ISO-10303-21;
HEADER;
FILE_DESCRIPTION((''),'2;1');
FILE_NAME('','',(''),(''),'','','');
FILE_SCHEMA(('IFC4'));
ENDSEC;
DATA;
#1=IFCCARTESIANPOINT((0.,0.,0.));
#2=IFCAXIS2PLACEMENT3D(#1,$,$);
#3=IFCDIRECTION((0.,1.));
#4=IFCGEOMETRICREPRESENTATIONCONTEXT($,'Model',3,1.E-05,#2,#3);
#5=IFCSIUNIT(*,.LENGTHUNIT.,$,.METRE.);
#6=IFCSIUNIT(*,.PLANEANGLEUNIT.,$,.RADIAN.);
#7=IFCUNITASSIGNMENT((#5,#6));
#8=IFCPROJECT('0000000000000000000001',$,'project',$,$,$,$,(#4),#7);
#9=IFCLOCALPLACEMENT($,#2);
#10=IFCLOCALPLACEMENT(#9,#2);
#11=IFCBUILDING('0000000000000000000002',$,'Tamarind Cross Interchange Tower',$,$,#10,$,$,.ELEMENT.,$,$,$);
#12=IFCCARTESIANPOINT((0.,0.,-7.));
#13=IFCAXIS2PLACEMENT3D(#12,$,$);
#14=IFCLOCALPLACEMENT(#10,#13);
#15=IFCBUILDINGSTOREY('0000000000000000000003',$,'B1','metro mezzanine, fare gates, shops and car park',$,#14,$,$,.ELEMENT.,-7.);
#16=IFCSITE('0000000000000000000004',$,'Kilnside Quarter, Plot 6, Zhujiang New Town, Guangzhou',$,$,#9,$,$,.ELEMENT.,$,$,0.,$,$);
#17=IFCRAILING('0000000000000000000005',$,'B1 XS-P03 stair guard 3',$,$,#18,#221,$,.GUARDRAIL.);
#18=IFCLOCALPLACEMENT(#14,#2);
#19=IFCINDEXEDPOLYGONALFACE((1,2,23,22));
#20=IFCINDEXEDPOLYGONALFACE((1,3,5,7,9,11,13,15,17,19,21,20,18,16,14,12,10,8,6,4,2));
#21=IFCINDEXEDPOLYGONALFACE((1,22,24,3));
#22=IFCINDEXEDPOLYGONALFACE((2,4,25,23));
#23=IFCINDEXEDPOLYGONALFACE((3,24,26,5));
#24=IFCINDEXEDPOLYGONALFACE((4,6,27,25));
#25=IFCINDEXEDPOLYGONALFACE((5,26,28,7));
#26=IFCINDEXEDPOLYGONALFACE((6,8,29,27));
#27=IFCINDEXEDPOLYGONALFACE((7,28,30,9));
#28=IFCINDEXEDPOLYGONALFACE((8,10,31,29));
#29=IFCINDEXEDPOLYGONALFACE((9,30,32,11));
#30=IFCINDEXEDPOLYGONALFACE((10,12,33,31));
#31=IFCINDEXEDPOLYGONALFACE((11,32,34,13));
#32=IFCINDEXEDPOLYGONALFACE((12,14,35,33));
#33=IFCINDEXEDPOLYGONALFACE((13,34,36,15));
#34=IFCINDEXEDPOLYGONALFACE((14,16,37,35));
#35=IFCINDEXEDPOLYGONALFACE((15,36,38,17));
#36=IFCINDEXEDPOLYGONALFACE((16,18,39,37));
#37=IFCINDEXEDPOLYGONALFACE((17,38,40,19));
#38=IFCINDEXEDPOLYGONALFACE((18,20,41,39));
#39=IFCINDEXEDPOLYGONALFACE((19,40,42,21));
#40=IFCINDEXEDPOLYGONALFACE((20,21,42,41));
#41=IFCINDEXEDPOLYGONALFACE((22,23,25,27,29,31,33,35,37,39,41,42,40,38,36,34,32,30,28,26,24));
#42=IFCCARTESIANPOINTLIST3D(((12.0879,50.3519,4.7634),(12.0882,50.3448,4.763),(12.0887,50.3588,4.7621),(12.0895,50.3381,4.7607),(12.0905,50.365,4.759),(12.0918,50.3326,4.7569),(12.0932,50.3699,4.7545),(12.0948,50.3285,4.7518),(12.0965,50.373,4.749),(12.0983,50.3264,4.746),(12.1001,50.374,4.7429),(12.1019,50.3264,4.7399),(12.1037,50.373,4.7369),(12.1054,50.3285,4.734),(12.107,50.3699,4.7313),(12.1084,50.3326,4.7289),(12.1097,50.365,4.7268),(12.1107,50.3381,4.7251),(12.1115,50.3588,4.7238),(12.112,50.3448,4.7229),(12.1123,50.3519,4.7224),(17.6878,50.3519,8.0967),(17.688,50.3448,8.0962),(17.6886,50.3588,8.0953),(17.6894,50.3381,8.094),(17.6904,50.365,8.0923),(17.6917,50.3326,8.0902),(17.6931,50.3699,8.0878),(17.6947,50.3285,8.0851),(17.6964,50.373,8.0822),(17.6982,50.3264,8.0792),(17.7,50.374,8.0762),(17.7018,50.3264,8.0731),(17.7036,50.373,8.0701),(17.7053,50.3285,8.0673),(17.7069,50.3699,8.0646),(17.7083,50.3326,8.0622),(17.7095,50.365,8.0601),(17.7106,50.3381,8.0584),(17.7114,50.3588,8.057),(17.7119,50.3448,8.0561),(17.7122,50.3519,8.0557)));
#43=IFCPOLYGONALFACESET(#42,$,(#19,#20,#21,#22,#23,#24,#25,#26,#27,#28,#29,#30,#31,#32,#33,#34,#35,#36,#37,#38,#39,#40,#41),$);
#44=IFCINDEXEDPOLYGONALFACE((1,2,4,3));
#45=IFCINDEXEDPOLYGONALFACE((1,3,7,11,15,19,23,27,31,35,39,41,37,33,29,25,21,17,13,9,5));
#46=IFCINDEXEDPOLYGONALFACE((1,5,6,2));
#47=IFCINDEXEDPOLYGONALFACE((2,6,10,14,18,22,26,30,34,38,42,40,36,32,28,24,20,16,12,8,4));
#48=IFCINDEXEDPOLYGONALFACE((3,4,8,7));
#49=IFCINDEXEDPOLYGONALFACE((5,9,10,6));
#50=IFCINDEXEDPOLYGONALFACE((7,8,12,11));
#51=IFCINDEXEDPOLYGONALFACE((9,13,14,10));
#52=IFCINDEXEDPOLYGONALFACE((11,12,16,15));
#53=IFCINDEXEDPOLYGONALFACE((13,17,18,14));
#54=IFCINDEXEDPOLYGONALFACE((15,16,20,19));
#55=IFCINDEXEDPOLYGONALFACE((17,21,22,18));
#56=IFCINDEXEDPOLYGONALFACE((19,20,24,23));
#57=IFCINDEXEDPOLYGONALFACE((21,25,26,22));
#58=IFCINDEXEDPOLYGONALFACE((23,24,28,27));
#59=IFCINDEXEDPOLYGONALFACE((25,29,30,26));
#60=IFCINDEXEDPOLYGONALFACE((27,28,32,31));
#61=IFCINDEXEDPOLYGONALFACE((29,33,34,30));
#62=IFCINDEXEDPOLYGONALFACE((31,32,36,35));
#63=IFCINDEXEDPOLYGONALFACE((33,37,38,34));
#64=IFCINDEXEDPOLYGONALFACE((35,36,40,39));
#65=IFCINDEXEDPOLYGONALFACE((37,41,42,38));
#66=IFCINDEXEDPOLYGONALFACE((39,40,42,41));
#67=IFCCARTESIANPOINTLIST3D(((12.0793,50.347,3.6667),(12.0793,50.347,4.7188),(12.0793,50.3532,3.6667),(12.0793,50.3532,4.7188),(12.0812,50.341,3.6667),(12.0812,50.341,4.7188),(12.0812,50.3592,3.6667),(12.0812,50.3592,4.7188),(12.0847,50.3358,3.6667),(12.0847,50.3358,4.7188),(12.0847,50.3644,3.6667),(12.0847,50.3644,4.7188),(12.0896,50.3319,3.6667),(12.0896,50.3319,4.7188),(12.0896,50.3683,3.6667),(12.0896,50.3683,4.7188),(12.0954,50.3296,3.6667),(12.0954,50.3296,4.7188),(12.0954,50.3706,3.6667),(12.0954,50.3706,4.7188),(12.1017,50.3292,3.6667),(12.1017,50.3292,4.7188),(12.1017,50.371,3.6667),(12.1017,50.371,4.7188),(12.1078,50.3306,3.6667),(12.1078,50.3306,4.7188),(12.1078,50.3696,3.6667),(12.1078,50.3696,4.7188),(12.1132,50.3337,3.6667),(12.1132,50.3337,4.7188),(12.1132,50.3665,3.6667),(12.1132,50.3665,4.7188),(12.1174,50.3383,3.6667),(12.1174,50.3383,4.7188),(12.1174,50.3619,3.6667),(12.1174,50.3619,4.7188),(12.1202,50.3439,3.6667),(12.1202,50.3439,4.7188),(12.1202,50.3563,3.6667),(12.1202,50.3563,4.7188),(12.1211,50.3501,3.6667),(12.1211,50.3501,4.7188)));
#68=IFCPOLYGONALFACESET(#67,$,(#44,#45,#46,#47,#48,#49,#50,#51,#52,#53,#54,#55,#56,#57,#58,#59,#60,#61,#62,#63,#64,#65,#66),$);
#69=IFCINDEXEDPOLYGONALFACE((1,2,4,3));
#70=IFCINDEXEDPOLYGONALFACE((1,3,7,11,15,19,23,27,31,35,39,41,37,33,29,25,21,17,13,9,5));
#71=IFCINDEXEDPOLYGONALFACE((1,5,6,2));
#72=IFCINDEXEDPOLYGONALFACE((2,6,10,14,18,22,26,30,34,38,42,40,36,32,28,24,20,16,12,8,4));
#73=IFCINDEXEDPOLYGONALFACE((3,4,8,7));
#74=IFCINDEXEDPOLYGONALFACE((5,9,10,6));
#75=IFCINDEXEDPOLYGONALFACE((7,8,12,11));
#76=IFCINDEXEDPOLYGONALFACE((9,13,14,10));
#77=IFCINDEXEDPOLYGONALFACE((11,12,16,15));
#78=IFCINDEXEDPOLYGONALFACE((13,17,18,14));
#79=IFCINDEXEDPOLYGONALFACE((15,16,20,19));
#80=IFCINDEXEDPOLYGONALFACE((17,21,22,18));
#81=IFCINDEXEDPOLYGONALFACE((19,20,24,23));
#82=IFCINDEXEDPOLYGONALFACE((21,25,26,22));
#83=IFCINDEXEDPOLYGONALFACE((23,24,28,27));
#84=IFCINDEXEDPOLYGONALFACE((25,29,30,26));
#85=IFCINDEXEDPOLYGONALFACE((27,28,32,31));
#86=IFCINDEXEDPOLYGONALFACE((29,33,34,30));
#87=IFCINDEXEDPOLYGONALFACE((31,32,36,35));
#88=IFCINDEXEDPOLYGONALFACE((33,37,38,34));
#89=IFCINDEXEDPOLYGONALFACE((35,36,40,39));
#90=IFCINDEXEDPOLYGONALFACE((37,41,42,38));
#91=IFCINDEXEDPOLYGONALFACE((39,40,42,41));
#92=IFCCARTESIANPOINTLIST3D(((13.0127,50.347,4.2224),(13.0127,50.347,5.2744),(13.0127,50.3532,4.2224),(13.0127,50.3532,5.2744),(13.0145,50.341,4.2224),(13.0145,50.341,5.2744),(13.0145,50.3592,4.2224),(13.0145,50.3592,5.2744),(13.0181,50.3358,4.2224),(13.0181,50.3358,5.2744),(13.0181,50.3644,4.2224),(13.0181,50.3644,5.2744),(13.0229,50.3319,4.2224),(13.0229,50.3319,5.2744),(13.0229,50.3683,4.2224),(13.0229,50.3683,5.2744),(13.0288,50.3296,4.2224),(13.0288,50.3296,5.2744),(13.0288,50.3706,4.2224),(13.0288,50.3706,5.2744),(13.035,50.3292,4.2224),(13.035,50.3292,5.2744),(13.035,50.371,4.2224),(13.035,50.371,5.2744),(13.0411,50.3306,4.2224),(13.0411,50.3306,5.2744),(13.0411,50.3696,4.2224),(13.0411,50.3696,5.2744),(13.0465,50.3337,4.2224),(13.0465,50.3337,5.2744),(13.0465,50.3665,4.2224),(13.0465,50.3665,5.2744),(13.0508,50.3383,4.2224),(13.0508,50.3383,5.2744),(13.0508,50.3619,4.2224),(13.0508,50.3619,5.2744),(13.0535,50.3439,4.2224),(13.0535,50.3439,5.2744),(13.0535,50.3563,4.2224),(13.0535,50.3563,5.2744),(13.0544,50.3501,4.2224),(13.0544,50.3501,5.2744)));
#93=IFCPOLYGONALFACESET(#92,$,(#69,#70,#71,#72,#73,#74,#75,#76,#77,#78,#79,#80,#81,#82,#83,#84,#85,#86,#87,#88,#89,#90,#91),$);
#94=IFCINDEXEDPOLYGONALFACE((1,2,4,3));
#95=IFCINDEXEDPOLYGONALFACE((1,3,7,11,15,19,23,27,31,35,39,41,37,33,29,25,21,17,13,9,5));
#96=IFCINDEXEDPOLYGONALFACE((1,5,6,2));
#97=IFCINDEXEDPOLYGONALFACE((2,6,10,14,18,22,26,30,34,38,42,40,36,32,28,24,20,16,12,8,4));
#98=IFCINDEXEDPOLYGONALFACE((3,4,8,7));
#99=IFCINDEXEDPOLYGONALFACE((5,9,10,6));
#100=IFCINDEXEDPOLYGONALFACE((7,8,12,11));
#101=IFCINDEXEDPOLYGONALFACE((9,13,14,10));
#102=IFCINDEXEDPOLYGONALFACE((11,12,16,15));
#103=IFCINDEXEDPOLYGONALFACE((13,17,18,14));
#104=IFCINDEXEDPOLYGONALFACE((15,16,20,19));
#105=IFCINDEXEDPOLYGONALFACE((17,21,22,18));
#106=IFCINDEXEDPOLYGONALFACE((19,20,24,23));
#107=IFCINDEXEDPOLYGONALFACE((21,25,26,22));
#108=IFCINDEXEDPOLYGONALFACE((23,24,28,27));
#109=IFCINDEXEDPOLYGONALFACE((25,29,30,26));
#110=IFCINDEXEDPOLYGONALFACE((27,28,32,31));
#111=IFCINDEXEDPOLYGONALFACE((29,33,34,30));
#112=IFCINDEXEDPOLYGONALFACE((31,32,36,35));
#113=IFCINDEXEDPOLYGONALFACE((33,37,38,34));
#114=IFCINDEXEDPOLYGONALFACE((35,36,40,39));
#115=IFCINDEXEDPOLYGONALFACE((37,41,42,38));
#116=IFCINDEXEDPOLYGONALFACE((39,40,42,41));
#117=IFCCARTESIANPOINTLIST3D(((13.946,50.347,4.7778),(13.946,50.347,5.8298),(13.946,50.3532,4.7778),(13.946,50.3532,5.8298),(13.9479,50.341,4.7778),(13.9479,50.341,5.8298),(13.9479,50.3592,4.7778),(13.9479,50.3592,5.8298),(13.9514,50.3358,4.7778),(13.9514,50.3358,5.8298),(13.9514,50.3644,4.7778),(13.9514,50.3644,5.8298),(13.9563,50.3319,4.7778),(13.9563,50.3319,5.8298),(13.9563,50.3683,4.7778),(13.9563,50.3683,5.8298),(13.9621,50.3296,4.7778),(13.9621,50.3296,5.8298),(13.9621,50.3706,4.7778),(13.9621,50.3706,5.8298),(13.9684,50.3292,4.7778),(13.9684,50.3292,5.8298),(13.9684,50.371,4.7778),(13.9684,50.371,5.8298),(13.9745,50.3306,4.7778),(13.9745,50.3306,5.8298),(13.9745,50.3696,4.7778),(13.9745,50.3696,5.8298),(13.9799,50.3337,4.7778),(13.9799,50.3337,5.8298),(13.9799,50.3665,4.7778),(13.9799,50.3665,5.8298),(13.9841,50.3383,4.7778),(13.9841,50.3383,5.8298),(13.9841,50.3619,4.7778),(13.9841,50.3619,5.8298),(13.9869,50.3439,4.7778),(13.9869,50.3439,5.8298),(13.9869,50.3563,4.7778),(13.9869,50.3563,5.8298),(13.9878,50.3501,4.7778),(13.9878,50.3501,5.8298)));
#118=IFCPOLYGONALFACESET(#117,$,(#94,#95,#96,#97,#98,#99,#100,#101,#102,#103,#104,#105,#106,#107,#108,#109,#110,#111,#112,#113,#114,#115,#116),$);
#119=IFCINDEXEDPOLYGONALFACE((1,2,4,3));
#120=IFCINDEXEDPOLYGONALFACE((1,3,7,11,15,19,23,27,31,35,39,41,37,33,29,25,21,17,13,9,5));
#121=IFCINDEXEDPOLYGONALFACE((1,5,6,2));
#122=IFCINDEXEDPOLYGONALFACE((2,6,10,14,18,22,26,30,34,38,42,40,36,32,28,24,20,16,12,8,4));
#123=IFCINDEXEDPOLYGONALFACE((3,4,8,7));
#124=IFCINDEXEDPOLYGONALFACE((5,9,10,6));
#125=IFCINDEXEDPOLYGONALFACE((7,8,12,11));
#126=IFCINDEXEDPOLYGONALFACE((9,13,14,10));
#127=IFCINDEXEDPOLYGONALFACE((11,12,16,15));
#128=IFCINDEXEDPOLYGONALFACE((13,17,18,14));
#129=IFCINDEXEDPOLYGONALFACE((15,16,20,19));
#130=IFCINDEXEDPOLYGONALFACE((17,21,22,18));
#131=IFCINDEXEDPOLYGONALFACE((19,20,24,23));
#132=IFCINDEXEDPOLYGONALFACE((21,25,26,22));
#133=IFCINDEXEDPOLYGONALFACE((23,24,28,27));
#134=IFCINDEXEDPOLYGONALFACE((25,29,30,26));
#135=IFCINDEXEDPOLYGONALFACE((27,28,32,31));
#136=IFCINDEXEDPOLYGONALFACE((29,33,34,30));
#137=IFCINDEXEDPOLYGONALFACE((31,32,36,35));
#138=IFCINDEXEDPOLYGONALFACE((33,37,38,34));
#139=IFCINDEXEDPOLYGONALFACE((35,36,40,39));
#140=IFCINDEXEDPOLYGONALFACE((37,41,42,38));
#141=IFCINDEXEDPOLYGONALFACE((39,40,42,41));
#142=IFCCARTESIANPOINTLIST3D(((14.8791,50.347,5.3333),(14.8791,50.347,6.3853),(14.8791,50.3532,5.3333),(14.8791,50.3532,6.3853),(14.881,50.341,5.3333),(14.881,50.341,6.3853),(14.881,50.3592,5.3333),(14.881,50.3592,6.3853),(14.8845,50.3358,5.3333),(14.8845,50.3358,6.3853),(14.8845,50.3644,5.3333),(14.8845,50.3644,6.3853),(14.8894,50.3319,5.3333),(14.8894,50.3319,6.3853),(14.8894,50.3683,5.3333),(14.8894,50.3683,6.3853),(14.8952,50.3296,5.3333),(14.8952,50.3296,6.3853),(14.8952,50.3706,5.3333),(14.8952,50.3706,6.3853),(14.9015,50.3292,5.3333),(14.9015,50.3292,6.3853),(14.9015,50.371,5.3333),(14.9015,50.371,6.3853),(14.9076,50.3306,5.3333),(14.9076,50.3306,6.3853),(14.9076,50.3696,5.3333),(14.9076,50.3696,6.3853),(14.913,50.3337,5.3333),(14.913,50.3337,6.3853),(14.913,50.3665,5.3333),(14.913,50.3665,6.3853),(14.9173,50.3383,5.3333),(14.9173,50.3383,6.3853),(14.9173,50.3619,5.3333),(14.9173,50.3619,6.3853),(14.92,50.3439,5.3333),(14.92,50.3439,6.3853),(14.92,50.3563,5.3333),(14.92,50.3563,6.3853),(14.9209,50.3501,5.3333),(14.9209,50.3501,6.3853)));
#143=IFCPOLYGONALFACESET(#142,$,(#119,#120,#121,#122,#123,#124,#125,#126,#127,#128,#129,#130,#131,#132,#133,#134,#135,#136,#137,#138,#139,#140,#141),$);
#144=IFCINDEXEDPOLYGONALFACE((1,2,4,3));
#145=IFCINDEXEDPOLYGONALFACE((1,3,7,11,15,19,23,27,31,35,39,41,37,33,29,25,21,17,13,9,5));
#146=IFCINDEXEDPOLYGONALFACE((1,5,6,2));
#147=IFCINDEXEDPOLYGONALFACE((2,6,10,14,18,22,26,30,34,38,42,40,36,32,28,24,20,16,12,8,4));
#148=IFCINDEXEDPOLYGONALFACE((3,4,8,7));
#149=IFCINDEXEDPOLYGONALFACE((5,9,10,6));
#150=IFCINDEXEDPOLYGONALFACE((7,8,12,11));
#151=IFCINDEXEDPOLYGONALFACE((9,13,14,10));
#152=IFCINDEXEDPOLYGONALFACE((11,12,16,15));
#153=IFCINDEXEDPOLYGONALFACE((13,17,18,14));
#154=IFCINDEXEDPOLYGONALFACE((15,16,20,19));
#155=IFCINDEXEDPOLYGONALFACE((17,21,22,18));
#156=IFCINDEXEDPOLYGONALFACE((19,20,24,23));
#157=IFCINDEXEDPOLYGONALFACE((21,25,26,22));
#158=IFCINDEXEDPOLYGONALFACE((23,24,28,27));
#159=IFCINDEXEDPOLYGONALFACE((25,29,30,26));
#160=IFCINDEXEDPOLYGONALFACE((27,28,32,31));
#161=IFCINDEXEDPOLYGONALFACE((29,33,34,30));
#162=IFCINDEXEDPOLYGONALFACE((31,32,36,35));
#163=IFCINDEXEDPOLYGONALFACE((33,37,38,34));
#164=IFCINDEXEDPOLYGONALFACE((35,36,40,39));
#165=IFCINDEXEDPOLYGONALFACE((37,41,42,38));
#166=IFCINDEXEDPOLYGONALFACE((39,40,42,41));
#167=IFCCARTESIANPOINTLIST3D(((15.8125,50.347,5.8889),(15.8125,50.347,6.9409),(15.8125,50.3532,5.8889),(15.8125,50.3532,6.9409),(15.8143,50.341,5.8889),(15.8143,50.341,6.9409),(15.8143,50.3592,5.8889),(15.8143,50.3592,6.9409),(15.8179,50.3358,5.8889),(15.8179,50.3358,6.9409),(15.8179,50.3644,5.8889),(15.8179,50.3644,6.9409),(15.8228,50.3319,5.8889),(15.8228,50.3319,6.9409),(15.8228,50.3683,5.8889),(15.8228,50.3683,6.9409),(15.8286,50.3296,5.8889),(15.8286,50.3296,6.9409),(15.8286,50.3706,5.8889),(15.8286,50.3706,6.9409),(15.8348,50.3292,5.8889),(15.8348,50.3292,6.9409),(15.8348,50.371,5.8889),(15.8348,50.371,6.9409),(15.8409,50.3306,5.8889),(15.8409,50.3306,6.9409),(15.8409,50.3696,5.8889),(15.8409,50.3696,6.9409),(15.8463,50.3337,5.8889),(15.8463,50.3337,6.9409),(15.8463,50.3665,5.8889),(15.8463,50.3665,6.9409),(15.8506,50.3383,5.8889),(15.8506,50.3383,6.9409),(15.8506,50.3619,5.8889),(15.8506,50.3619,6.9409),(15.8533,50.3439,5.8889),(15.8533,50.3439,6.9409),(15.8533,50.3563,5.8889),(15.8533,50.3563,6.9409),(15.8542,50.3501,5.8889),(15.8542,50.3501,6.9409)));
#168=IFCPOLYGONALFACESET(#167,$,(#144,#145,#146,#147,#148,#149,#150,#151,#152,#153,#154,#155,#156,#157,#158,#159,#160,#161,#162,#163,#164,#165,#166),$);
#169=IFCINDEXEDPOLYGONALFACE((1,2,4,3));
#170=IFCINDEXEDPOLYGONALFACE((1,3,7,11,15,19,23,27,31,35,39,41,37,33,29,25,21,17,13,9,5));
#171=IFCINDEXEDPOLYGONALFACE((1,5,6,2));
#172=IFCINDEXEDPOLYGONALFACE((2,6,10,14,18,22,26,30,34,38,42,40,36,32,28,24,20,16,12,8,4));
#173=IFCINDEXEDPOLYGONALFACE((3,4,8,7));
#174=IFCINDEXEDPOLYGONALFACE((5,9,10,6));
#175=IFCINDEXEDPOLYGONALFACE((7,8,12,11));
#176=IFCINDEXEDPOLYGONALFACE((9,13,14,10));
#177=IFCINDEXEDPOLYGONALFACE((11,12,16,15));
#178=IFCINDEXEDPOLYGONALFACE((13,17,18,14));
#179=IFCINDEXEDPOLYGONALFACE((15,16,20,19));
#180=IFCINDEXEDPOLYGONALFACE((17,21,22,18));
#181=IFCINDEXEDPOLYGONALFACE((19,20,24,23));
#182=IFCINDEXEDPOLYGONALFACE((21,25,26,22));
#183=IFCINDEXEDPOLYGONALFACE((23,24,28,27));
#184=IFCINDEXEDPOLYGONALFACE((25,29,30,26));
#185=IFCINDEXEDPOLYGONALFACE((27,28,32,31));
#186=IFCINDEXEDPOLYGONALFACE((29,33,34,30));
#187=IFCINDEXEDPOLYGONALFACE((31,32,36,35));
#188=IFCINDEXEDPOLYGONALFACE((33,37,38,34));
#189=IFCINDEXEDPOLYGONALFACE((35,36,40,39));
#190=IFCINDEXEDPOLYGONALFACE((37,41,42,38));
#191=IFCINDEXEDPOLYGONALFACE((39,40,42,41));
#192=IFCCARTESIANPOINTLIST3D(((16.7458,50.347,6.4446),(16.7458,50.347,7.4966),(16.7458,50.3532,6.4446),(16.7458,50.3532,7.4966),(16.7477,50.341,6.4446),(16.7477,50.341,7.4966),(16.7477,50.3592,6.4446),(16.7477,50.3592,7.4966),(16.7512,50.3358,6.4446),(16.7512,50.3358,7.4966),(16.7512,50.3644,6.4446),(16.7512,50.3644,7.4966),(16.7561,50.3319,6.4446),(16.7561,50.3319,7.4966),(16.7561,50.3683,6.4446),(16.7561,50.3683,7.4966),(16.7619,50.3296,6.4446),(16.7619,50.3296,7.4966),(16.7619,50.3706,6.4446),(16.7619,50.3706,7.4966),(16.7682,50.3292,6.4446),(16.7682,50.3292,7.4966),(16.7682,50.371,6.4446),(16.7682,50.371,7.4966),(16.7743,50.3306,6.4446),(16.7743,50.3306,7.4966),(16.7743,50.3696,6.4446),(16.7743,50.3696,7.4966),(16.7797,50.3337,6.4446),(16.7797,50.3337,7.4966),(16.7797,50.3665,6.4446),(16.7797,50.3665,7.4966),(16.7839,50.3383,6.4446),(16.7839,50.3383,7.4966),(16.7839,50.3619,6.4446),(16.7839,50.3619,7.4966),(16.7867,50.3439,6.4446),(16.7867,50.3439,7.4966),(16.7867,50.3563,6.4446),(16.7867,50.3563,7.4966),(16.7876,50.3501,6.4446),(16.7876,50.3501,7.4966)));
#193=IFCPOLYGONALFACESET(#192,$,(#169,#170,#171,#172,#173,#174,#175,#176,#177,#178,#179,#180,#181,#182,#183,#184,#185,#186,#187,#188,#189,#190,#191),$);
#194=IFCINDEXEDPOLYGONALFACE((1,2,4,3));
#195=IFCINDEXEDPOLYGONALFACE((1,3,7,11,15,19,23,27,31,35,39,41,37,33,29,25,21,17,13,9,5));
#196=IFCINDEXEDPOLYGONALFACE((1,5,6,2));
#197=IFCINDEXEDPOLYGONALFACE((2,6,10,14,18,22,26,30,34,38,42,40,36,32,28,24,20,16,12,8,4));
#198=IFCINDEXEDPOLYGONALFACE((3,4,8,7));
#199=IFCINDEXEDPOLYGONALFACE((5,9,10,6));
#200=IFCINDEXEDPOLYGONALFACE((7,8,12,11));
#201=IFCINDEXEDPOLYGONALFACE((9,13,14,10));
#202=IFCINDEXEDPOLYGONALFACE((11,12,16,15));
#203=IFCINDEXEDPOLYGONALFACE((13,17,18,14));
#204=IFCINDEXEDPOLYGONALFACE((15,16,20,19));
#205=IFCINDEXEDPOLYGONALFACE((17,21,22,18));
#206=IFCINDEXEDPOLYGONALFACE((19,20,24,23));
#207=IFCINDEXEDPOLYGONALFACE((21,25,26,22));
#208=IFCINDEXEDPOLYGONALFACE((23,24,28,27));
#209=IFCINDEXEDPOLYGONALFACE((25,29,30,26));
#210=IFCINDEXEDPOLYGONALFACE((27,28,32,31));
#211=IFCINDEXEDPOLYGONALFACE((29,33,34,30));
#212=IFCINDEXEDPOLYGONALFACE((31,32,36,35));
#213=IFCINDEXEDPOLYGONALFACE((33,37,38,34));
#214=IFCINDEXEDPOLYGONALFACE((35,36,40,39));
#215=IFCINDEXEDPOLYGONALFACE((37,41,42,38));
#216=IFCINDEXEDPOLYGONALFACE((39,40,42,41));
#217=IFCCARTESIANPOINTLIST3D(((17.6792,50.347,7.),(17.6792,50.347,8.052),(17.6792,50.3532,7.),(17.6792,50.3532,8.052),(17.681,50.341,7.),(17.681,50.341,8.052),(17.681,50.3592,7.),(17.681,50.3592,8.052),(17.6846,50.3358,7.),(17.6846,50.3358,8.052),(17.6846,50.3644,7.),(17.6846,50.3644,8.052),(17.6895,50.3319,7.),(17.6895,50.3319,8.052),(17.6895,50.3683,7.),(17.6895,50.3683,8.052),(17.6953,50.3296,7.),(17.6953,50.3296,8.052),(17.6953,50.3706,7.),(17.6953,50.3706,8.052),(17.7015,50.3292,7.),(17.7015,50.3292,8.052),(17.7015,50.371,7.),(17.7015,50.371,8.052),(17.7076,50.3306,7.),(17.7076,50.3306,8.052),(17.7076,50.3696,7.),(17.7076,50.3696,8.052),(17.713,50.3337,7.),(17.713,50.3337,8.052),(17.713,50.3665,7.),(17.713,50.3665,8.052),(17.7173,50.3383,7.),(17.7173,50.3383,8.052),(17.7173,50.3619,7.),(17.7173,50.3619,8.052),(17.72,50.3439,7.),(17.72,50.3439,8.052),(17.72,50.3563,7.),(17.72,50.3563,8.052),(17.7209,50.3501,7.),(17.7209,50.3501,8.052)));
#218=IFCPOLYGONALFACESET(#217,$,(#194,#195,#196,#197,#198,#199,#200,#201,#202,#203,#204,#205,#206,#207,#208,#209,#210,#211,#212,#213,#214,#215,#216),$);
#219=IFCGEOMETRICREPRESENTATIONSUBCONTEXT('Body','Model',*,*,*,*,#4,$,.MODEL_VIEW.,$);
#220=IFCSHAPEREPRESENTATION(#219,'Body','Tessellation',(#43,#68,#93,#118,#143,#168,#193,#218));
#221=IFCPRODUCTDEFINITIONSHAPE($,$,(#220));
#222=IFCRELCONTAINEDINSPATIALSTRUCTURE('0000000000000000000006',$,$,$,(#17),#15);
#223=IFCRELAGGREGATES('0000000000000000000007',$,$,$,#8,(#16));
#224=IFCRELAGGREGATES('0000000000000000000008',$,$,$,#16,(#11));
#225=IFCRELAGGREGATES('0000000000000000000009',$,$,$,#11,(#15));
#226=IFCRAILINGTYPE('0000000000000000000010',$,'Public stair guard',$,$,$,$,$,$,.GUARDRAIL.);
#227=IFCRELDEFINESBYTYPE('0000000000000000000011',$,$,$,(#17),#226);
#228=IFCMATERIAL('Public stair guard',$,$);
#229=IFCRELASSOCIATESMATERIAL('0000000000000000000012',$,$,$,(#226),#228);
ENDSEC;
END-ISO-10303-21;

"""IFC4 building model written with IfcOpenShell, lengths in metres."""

from ifc_helpers import new_model, si_unit, direction, frame, origin, origin_2d, place, context, subcontext, project, spatial, circle, extrude, material, type_object, element, save


model = new_model("IFC4")

# Units and contexts
model_context = context("Model", 3, precision=1e-05, world=origin(), true_north=direction((0.0, 1.0)))
body_context = subcontext(model_context, "Body", "Model", "MODEL_VIEW")
ifc_project = project(units=[si_unit("LENGTHUNIT", "METRE"), si_unit("PLANEANGLEUNIT", "RADIAN")], contexts=[model_context])

# Site, building, storey
site_placement = place(None, origin())
site = spatial("IfcSite", under=ifc_project, at=site_placement, Name="Kilnside Quarter, Plot 6, Zhujiang New Town, Guangzhou", CompositionType="ELEMENT", RefElevation=0.0)
building_placement = place(site_placement, origin())
building = spatial("IfcBuilding", under=site, at=building_placement, Name="Tamarind Cross Interchange Tower", CompositionType="ELEMENT")
storey_placement = place(building_placement, frame((0.0, 0.0, -7.0)))
storey = spatial("IfcBuildingStorey", under=building, at=storey_placement, Name="B1", Description="metro mezzanine, fare gates, shops and car park", CompositionType="ELEMENT", Elevation=-7.0)

# Railing
ifc_material_1 = material(Name="Public stair guard")
railing_type_1 = type_object("IfcRailingType", Name="Public stair guard", PredefinedType="GUARDRAIL", material=ifc_material_1)
railing_1_placement = place(storey_placement, frame((12.1001, 50.3501, 3.6667)))
element("IfcRailing", 1, at=railing_1_placement, inside=storey, type_object=railing_type_1, Name="B1 XS-P03 stair guard 3", PredefinedType="GUARDRAIL", context=body_context, shape_type="SweptSolid", body=[
    extrude(circle(Radius=0.0239, at=origin_2d()), frame((0.0, 0.0, 1.0762), z_axis=(0.859292, 0.0, 0.511485), x_axis=(0.0, 1.0, 0.0)), (0.0, 0.0, 1.0), 6.5168),
    extrude(circle(Radius=0.021, at=origin_2d()), origin(), (0.0, 0.0, 1.0), 1.052),
    extrude(circle(Radius=0.021, at=origin_2d()), frame((0.9333, 0.0, 0.5557)), (0.0, 0.0, 1.0), 1.052),
    extrude(circle(Radius=0.021, at=origin_2d()), frame((1.8667, 0.0, 1.1111)), (0.0, 0.0, 1.0), 1.052),
    extrude(circle(Radius=0.021, at=origin_2d()), frame((2.7998, 0.0, 1.6665)), (0.0, 0.0, 1.0), 1.052),
    extrude(circle(Radius=0.021, at=origin_2d()), frame((3.7332, 0.0, 2.2222)), (0.0, 0.0, 1.0), 1.052),
    extrude(circle(Radius=0.021, at=origin_2d()), frame((4.6665, 0.0, 2.7778)), (0.0, 0.0, 1.0), 1.052),
    extrude(circle(Radius=0.021, at=origin_2d()), frame((5.5999, 0.0, 3.3333)), (0.0, 0.0, 1.0), 1.052),
])

save(model, "model.ifc")
